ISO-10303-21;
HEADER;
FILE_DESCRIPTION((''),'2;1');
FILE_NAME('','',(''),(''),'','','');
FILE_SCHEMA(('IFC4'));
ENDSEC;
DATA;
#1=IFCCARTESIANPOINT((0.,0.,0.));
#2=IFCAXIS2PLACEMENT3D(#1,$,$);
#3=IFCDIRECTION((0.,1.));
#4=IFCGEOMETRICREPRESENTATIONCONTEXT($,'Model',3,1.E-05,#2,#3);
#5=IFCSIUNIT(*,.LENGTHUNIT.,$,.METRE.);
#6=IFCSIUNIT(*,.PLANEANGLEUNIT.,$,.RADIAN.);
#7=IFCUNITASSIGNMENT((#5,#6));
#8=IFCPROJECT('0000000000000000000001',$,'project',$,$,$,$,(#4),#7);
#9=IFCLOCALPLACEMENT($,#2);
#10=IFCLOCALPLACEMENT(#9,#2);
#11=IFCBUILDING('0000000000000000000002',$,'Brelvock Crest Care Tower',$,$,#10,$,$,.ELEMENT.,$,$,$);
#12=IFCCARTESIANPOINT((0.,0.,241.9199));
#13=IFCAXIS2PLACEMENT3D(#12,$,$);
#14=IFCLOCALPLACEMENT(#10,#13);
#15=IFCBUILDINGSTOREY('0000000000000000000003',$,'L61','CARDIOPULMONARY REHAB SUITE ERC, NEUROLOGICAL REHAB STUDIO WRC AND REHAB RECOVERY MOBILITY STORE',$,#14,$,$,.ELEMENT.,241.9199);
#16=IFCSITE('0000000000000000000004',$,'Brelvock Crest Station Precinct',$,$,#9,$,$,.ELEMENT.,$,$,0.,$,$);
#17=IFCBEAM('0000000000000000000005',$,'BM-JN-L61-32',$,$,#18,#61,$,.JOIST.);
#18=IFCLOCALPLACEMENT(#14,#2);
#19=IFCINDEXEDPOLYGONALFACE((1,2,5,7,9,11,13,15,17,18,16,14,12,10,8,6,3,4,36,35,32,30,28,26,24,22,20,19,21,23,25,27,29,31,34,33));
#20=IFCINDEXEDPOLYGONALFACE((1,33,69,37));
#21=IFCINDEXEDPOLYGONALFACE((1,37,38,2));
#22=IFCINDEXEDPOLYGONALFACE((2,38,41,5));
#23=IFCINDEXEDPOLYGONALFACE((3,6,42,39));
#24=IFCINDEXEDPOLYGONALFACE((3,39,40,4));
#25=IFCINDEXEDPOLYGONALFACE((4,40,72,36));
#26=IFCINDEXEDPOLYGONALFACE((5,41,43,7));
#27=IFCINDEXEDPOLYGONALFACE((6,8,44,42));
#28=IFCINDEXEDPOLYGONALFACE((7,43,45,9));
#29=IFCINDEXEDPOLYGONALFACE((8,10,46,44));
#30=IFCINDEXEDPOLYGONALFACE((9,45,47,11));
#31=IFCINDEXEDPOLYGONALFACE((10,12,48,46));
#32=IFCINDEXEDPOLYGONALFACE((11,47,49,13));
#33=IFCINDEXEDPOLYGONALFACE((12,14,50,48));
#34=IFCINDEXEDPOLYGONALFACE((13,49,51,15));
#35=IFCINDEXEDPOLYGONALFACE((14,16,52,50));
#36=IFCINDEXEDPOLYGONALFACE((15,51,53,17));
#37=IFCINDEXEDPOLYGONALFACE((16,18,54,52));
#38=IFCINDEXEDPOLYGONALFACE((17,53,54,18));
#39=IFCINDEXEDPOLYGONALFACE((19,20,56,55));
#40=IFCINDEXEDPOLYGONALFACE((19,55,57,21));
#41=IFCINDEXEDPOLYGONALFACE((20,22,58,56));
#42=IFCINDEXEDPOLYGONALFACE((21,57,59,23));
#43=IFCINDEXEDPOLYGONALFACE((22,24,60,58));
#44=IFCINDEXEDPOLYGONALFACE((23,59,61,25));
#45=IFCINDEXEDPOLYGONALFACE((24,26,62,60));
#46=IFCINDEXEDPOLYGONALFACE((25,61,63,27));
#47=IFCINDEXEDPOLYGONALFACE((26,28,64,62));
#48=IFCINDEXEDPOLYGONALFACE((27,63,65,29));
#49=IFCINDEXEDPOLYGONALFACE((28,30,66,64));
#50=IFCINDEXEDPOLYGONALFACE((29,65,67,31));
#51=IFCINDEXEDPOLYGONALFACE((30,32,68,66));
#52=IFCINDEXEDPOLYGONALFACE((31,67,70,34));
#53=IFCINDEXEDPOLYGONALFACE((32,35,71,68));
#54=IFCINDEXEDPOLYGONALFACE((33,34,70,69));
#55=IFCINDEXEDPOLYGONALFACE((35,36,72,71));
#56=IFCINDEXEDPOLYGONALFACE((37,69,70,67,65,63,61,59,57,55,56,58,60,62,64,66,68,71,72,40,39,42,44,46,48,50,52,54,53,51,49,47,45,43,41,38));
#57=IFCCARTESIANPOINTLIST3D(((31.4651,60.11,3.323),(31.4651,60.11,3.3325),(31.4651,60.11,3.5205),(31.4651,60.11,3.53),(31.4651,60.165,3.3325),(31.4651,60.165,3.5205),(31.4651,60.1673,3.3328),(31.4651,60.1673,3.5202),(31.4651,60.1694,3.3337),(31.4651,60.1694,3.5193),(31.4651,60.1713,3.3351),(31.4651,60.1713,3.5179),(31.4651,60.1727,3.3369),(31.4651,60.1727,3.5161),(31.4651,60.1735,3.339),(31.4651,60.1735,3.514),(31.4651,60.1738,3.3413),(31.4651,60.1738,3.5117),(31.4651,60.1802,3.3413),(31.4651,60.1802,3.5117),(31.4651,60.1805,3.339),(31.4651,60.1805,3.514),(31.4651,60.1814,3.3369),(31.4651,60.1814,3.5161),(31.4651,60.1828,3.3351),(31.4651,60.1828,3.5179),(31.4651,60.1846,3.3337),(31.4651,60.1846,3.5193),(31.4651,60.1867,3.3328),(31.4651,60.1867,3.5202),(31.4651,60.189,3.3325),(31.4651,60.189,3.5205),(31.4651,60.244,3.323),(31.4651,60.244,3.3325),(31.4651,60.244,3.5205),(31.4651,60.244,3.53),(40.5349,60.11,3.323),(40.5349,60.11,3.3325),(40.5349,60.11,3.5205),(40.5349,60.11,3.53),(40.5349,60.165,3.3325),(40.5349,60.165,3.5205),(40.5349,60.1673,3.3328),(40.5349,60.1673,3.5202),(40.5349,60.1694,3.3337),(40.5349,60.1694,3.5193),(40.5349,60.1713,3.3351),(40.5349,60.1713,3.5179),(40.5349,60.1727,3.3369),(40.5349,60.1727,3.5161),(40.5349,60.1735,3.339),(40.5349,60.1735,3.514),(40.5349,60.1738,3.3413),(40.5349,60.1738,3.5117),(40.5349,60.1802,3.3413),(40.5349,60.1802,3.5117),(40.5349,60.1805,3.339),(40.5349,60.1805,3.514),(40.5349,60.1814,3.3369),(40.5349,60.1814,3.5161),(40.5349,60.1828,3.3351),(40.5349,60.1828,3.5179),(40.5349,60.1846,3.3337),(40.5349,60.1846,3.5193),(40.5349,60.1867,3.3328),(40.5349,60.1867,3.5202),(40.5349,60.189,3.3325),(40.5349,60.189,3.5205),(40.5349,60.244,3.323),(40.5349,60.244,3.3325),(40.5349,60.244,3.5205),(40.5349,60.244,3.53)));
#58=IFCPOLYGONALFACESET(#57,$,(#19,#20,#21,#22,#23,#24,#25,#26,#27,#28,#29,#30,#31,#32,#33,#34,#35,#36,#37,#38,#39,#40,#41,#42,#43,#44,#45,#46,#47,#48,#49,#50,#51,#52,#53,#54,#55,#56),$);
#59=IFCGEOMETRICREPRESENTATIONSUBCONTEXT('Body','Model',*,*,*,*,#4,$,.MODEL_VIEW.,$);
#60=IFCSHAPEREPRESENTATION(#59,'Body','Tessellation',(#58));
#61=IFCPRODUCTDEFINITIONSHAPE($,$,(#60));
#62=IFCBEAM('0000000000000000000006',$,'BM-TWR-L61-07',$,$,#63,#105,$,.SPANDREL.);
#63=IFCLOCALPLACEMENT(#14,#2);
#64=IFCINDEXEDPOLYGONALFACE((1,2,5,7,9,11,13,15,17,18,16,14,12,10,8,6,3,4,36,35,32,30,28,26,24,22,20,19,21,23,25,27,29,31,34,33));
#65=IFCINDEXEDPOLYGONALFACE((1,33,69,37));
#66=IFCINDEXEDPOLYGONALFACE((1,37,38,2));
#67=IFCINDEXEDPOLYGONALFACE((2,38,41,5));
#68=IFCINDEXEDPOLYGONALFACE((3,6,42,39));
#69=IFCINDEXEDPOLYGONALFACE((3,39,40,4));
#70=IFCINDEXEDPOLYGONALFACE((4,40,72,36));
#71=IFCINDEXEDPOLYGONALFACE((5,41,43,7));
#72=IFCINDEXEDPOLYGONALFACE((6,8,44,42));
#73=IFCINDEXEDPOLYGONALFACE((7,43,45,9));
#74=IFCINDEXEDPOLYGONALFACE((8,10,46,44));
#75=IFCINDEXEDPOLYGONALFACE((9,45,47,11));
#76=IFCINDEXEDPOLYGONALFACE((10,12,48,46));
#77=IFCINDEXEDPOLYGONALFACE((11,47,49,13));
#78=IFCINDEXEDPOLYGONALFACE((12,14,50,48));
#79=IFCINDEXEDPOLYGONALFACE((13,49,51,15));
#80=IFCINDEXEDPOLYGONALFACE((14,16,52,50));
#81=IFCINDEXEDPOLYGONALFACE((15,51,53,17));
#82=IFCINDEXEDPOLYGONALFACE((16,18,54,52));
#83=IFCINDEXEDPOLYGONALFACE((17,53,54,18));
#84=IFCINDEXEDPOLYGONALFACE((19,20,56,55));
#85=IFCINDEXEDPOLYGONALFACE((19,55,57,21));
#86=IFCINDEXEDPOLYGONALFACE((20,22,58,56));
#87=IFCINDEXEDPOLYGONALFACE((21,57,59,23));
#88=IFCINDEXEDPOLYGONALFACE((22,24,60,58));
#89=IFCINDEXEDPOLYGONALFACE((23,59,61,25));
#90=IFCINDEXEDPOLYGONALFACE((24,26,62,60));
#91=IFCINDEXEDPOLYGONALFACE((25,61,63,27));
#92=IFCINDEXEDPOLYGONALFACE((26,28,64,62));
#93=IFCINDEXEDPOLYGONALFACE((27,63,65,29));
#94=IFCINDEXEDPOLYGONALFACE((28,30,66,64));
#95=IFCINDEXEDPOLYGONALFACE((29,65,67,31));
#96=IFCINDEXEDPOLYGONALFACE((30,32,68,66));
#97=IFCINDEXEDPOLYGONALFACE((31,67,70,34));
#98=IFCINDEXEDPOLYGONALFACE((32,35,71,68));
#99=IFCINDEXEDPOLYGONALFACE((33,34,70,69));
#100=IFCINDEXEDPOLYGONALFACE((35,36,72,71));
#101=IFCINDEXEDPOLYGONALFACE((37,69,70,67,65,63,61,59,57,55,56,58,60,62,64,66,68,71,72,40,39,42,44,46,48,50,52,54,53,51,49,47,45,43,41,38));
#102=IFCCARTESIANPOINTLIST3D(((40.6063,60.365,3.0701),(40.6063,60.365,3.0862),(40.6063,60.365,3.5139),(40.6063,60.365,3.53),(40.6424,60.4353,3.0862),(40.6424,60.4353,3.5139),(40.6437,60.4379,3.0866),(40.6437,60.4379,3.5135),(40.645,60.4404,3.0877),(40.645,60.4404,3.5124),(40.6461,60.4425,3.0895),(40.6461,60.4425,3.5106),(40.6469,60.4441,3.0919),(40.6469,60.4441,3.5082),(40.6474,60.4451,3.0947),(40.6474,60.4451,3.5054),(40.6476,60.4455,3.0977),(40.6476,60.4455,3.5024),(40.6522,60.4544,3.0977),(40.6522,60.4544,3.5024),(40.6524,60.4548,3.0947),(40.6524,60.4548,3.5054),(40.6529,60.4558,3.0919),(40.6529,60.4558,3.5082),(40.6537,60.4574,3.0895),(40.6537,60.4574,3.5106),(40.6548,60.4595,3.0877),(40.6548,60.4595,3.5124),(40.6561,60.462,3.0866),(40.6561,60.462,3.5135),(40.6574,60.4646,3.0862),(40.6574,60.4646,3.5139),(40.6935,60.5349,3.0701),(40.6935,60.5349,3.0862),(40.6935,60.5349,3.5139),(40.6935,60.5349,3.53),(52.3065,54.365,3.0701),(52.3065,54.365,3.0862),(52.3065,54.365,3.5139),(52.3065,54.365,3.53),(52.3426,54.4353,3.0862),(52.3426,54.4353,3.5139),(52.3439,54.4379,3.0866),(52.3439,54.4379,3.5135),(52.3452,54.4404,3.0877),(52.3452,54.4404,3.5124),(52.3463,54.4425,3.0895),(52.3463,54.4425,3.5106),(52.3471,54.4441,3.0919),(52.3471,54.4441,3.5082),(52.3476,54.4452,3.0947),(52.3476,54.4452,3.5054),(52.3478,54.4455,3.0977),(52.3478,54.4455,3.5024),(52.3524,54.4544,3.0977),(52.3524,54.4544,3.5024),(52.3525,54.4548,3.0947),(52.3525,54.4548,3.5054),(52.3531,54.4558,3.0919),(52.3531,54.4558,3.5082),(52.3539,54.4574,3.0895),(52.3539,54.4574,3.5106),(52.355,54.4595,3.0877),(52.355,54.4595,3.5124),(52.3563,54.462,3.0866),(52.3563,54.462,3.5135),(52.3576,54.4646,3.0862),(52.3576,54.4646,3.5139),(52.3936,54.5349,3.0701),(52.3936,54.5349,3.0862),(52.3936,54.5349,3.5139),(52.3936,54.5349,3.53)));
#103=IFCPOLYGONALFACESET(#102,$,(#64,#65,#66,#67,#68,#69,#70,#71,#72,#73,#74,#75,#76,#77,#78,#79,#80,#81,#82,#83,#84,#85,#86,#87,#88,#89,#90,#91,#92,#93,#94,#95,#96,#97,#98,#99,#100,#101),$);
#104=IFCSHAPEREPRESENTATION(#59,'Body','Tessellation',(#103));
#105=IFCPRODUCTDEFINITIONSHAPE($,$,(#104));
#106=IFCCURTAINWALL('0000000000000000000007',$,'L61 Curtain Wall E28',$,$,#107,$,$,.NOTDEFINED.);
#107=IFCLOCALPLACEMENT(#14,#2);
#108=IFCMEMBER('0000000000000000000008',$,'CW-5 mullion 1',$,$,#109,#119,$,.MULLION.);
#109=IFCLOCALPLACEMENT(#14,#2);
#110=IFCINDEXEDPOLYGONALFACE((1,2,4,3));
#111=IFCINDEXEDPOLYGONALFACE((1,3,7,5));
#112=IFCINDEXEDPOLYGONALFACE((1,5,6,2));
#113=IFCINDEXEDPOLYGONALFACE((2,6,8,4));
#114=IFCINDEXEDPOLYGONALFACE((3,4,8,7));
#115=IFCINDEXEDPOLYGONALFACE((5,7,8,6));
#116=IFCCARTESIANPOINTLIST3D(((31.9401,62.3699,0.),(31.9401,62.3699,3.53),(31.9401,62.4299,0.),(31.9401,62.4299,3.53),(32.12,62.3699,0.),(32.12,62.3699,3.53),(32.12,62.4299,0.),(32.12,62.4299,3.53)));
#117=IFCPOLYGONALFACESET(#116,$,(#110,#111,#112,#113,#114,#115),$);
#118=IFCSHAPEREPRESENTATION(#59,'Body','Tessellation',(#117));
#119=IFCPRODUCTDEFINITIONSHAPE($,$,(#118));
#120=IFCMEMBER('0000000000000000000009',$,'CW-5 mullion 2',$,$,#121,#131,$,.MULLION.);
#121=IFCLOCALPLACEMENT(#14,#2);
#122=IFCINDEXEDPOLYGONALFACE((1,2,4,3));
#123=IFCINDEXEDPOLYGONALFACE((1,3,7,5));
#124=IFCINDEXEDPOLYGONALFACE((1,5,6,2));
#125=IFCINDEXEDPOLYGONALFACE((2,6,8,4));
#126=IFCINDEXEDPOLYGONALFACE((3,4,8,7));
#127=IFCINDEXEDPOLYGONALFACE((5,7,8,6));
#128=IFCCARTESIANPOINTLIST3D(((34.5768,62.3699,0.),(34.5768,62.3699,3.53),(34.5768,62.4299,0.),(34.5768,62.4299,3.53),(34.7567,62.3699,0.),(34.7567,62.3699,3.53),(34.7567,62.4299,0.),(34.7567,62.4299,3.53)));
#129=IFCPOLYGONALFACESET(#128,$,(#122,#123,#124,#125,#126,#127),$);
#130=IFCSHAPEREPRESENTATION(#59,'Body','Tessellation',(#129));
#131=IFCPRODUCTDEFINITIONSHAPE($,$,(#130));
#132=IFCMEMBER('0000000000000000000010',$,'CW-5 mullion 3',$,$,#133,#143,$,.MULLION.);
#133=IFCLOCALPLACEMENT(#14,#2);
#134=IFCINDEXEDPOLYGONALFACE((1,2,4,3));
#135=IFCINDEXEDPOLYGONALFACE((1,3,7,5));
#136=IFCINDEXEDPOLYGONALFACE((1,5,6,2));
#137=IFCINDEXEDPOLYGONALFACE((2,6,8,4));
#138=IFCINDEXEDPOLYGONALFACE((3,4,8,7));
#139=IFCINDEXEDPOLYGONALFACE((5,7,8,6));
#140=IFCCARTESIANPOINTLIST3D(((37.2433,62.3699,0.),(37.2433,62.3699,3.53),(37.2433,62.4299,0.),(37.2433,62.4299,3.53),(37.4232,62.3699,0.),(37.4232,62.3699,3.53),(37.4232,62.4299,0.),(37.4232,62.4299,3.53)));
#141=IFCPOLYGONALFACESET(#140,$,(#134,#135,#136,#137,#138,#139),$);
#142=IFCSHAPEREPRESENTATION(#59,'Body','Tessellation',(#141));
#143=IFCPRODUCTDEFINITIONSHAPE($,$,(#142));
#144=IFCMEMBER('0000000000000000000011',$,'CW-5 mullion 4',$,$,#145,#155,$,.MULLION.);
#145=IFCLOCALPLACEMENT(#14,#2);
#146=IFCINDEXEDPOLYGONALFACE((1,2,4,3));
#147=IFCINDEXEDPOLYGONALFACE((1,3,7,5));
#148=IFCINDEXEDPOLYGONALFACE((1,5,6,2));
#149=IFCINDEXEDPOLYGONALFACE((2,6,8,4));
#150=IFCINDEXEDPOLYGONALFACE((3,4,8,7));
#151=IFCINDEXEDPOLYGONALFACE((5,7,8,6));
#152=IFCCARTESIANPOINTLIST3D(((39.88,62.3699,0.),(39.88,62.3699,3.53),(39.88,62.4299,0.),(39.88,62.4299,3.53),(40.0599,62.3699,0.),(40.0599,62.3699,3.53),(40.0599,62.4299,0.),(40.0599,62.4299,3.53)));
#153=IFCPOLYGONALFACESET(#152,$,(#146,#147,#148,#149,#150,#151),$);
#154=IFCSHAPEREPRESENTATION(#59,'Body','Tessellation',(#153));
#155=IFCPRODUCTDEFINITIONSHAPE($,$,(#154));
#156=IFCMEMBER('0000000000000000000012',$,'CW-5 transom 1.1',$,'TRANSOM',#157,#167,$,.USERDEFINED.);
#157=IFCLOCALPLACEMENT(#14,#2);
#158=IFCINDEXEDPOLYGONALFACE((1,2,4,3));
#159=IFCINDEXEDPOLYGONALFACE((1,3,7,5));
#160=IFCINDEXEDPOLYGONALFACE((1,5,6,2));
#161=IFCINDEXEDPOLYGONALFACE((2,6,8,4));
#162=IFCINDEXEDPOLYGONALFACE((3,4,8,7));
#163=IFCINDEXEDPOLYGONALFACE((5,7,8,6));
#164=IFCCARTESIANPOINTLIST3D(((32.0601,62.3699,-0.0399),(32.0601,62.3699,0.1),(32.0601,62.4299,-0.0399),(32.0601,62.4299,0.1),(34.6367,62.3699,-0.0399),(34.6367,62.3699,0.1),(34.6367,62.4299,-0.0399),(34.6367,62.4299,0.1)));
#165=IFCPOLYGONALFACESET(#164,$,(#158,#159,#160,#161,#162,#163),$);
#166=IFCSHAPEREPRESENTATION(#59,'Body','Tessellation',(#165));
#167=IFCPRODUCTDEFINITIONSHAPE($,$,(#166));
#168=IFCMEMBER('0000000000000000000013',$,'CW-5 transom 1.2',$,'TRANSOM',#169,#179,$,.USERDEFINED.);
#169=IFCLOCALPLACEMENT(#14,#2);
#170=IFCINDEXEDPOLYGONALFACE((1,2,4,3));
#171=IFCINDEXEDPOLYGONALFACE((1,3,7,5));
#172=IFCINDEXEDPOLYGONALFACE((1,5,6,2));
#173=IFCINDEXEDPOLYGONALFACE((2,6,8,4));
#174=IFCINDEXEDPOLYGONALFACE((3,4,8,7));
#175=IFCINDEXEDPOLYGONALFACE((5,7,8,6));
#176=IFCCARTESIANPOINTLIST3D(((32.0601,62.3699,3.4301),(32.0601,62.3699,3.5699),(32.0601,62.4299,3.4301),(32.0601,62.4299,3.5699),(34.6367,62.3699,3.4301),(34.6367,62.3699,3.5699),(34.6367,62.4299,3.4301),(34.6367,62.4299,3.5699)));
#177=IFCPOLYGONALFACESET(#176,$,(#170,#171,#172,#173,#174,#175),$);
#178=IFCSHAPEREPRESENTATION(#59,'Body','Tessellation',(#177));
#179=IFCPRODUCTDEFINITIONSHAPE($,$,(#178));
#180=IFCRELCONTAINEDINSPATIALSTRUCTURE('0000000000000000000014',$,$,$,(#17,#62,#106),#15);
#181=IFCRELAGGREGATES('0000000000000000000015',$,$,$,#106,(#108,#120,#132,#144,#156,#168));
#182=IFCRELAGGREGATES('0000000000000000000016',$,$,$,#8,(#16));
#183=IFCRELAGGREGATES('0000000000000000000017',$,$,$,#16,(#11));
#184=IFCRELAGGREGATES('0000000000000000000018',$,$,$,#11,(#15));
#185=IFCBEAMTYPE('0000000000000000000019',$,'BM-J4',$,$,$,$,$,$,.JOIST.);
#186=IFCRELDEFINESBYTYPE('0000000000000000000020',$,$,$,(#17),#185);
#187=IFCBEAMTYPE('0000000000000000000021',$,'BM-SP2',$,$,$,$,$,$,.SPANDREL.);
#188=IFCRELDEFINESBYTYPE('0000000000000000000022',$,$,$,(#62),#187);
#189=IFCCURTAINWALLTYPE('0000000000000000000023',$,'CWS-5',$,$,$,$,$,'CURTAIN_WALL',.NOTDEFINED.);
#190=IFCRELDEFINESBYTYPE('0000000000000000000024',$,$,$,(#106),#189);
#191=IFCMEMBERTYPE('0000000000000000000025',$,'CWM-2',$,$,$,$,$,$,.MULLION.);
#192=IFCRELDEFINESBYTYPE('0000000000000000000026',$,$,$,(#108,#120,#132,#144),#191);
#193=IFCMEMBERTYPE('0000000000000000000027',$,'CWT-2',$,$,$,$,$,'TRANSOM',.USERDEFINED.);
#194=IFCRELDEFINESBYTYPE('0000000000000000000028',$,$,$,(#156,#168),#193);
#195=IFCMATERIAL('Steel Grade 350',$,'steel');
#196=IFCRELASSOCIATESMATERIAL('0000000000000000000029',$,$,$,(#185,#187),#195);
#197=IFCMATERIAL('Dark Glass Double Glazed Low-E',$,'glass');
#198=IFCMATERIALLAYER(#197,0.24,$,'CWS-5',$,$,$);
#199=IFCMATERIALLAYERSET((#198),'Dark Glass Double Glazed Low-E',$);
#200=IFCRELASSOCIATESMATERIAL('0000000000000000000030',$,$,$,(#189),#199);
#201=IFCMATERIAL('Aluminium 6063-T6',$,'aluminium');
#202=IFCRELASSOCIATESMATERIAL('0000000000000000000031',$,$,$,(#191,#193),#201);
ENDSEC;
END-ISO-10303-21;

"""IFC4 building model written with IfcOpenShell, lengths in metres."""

from ifc_helpers import new_model, si_unit, direction, frame, origin, origin_2d, place, context, subcontext, project, spatial, rectangle, i_section, extrude, source, transform, mapped, material, layer, layer_set, material_profile, profile_set, type_object, element, aggregate, save


model = new_model("IFC4")

# Units and contexts
model_context = context("Model", 3, precision=1e-05, world=origin(), true_north=direction((0.0, 1.0)))
body_context = subcontext(model_context, "Body", "Model", "MODEL_VIEW")
ifc_project = project(units=[si_unit("LENGTHUNIT", "METRE"), si_unit("PLANEANGLEUNIT", "RADIAN")], contexts=[model_context])

# Site, building, storey
site_placement = place(None, origin())
site = spatial("IfcSite", under=ifc_project, at=site_placement, Name="Brelvock Crest Station Precinct", CompositionType="ELEMENT", RefElevation=0.0)
building_placement = place(site_placement, origin())
building = spatial("IfcBuilding", under=site, at=building_placement, Name="Brelvock Crest Care Tower", CompositionType="ELEMENT")
storey_placement = place(building_placement, frame((0.0, 0.0, 241.9199)))
storey = spatial("IfcBuildingStorey", under=building, at=storey_placement, Name="L61", Description="CARDIOPULMONARY REHAB SUITE ERC, NEUROLOGICAL REHAB STUDIO WRC AND REHAB RECOVERY MOBILITY STORE", CompositionType="ELEMENT", Elevation=241.9199)

# Shared definitions
ifc_material_1 = material(Name="Steel Grade 350", Category="steel")

# Beams
ifc_material_profile_1 = material_profile(ifc_material_1, i_section(OverallWidth=0.134, OverallDepth=0.207, WebThickness=0.0063, FlangeThickness=0.0095, FilletRadius=0.0088, at=origin_2d()), Name="200UB29.8")
ifc_profile_set_1 = profile_set([ifc_material_profile_1], Name="Steel Grade 350")
beam_type_1 = type_object("IfcBeamType", Name="BM-J4", PredefinedType="JOIST", material=ifc_profile_set_1)
shared_shape_1 = source(origin(), body_context, "Body", "SweptSolid", [
    extrude(i_section(OverallWidth=0.134, OverallDepth=0.207, WebThickness=0.0063, FlangeThickness=0.0095, FilletRadius=0.0088, at=origin_2d()), origin(), (0.0, 0.0, 1.0), 9.0698),
])
for number, where, z_axis, x_axis, name in (
    (1, (31.4651, 60.177, 3.4265), (1.0, 0.0, 0.0), (0.0, 1.0, 0.0), "BM-JN-L61-32"),
):
    element("IfcBeam", number, at=place(storey_placement, frame(where, z_axis=z_axis, x_axis=x_axis)), inside=storey, type_object=beam_type_1, Name=name, PredefinedType="JOIST", context=body_context, shape_type="MappedRepresentation", body=[
        mapped(shared_shape_1, transform((0.0, 0.0, 0.0), x_axis=(1.0, 0.0, 0.0), y_axis=(0.0, 1.0, 0.0), z_axis=(0.0, 0.0, 1.0), scale=1.0)),
    ])
ifc_material_profile_2 = material_profile(ifc_material_1, i_section(OverallWidth=0.1909, OverallDepth=0.46, WebThickness=0.01, FlangeThickness=0.0161, FilletRadius=0.0115, at=origin_2d()), Name="460UB82.1")
ifc_profile_set_2 = profile_set([ifc_material_profile_2], Name="Steel Grade 350")
beam_type_2 = type_object("IfcBeamType", Name="BM-SP2", PredefinedType="SPANDREL", material=ifc_profile_set_2)
shared_shape_2 = source(origin(), body_context, "Body", "SweptSolid", [
    extrude(i_section(OverallWidth=0.1909, OverallDepth=0.46, WebThickness=0.01, FlangeThickness=0.0161, FilletRadius=0.0115, at=origin_2d()), origin(), (0.0, 0.0, 1.0), 13.1489),
])
beam_placement = place(storey_placement, frame((40.6499, 60.45, 3.3), z_axis=(0.889821, -0.456311, 0.0), x_axis=(0.456311, 0.889821, 0.0)))
element("IfcBeam", 2, at=beam_placement, inside=storey, type_object=beam_type_2, Name="BM-TWR-L61-07", PredefinedType="SPANDREL", context=body_context, shape_type="MappedRepresentation", body=[
    mapped(shared_shape_2, transform((0.0, 0.0, 0.0), x_axis=(1.0, 0.0, 0.0), y_axis=(0.0, 1.0, 0.0), z_axis=(0.0, 0.0, 1.0), scale=1.0)),
])

# Curtain wall, members
ifc_material_2 = material(Name="Dark Glass Double Glazed Low-E", Category="glass")
ifc_layer_1 = layer(ifc_material_2, 0.24, Name="CWS-5")
ifc_layer_set_1 = layer_set([ifc_layer_1], Name="Dark Glass Double Glazed Low-E")
curtain_wall_type = type_object("IfcCurtainWallType", Name="CWS-5", ElementType="CURTAIN_WALL", PredefinedType="NOTDEFINED", material=ifc_layer_set_1)
curtain_wall_placement = place(storey_placement, origin())
curtain_wall = element("IfcCurtainWall", 3, at=curtain_wall_placement, inside=storey, type_object=curtain_wall_type, Name="L61 Curtain Wall E28", PredefinedType="NOTDEFINED")
ifc_material_3 = material(Name="Aluminium 6063-T6", Category="aluminium")
ifc_material_profile_3 = material_profile(ifc_material_3, rectangle(XDim=0.0601, YDim=0.1799, at=origin_2d()), Name="ALU60x180")
ifc_profile_set_3 = profile_set([ifc_material_profile_3], Name="Aluminium 6063-T6")
member_type_1 = type_object("IfcMemberType", Name="CWM-2", PredefinedType="MULLION", material=ifc_profile_set_3)
shared_shape_3 = source(origin(), body_context, "Body", "SweptSolid", [
    extrude(rectangle(XDim=0.0601, YDim=0.1799, at=origin_2d()), origin(), (0.0, 0.0, 1.0), 3.53),
])
member_1_placement = place(storey_placement, frame((32.03, 62.3999, 0.0), z_axis=(0.0, 0.0, 1.0), x_axis=(0.0, 1.0, 0.0)))
member_1 = element("IfcMember", 4, at=member_1_placement, type_object=member_type_1, Name="CW-5 mullion 1", PredefinedType="MULLION", context=body_context, shape_type="MappedRepresentation", body=[
    mapped(shared_shape_3, transform((0.0, 0.0, 0.0), x_axis=(1.0, 0.0, 0.0), y_axis=(0.0, 1.0, 0.0), z_axis=(0.0, 0.0, 1.0), scale=1.0)),
])
member_2_placement = place(storey_placement, frame((34.6667, 62.3999, 0.0), z_axis=(0.0, 0.0, 1.0), x_axis=(0.0, 1.0, 0.0)))
member_2 = element("IfcMember", 5, at=member_2_placement, type_object=member_type_1, Name="CW-5 mullion 2", PredefinedType="MULLION", context=body_context, shape_type="MappedRepresentation", body=[
    mapped(shared_shape_3, transform((0.0, 0.0, 0.0), x_axis=(1.0, 0.0, 0.0), y_axis=(0.0, 1.0, 0.0), z_axis=(0.0, 0.0, 1.0), scale=1.0)),
])
member_3_placement = place(storey_placement, frame((37.3333, 62.3999, 0.0), z_axis=(0.0, 0.0, 1.0), x_axis=(0.0, 1.0, 0.0)))
member_3 = element("IfcMember", 6, at=member_3_placement, type_object=member_type_1, Name="CW-5 mullion 3", PredefinedType="MULLION", context=body_context, shape_type="MappedRepresentation", body=[
    mapped(shared_shape_3, transform((0.0, 0.0, 0.0), x_axis=(1.0, 0.0, 0.0), y_axis=(0.0, 1.0, 0.0), z_axis=(0.0, 0.0, 1.0), scale=1.0)),
])
member_4_placement = place(storey_placement, frame((39.97, 62.3999, 0.0), z_axis=(0.0, 0.0, 1.0), x_axis=(0.0, 1.0, 0.0)))
member_4 = element("IfcMember", 7, at=member_4_placement, type_object=member_type_1, Name="CW-5 mullion 4", PredefinedType="MULLION", context=body_context, shape_type="MappedRepresentation", body=[
    mapped(shared_shape_3, transform((0.0, 0.0, 0.0), x_axis=(1.0, 0.0, 0.0), y_axis=(0.0, 1.0, 0.0), z_axis=(0.0, 0.0, 1.0), scale=1.0)),
])
ifc_material_profile_4 = material_profile(ifc_material_3, rectangle(XDim=0.0601, YDim=0.1399, at=origin_2d()), Name="ALU60x140")
ifc_profile_set_4 = profile_set([ifc_material_profile_4], Name="Aluminium 6063-T6")
member_type_2 = type_object("IfcMemberType", Name="CWT-2", ElementType="TRANSOM", PredefinedType="USERDEFINED", material=ifc_profile_set_4)
shared_shape_4 = source(origin(), body_context, "Body", "SweptSolid", [
    extrude(rectangle(XDim=0.0601, YDim=0.1399, at=origin_2d()), origin(), (0.0, 0.0, 1.0), 2.5767),
])
member_5_placement = place(storey_placement, frame((32.0601, 62.3999, 0.03), z_axis=(1.0, 0.0, 0.0), x_axis=(0.0, 1.0, 0.0)))
member_5 = element("IfcMember", 8, at=member_5_placement, type_object=member_type_2, Name="CW-5 transom 1.1", ObjectType="TRANSOM", PredefinedType="USERDEFINED", context=body_context, shape_type="MappedRepresentation", body=[
    mapped(shared_shape_4, transform((0.0, 0.0, 0.0), x_axis=(1.0, 0.0, 0.0), y_axis=(0.0, 1.0, 0.0), z_axis=(0.0, 0.0, 1.0), scale=1.0)),
])
member_6_placement = place(storey_placement, frame((32.0601, 62.3999, 3.5), z_axis=(1.0, 0.0, 0.0), x_axis=(0.0, 1.0, 0.0)))
member_6 = element("IfcMember", 9, at=member_6_placement, type_object=member_type_2, Name="CW-5 transom 1.2", ObjectType="TRANSOM", PredefinedType="USERDEFINED", context=body_context, shape_type="MappedRepresentation", body=[
    mapped(shared_shape_4, transform((0.0, 0.0, 0.0), x_axis=(1.0, 0.0, 0.0), y_axis=(0.0, 1.0, 0.0), z_axis=(0.0, 0.0, 1.0), scale=1.0)),
])
aggregate(curtain_wall, [member_1, member_2, member_3, member_4, member_5, member_6])

save(model, "model.ifc")
